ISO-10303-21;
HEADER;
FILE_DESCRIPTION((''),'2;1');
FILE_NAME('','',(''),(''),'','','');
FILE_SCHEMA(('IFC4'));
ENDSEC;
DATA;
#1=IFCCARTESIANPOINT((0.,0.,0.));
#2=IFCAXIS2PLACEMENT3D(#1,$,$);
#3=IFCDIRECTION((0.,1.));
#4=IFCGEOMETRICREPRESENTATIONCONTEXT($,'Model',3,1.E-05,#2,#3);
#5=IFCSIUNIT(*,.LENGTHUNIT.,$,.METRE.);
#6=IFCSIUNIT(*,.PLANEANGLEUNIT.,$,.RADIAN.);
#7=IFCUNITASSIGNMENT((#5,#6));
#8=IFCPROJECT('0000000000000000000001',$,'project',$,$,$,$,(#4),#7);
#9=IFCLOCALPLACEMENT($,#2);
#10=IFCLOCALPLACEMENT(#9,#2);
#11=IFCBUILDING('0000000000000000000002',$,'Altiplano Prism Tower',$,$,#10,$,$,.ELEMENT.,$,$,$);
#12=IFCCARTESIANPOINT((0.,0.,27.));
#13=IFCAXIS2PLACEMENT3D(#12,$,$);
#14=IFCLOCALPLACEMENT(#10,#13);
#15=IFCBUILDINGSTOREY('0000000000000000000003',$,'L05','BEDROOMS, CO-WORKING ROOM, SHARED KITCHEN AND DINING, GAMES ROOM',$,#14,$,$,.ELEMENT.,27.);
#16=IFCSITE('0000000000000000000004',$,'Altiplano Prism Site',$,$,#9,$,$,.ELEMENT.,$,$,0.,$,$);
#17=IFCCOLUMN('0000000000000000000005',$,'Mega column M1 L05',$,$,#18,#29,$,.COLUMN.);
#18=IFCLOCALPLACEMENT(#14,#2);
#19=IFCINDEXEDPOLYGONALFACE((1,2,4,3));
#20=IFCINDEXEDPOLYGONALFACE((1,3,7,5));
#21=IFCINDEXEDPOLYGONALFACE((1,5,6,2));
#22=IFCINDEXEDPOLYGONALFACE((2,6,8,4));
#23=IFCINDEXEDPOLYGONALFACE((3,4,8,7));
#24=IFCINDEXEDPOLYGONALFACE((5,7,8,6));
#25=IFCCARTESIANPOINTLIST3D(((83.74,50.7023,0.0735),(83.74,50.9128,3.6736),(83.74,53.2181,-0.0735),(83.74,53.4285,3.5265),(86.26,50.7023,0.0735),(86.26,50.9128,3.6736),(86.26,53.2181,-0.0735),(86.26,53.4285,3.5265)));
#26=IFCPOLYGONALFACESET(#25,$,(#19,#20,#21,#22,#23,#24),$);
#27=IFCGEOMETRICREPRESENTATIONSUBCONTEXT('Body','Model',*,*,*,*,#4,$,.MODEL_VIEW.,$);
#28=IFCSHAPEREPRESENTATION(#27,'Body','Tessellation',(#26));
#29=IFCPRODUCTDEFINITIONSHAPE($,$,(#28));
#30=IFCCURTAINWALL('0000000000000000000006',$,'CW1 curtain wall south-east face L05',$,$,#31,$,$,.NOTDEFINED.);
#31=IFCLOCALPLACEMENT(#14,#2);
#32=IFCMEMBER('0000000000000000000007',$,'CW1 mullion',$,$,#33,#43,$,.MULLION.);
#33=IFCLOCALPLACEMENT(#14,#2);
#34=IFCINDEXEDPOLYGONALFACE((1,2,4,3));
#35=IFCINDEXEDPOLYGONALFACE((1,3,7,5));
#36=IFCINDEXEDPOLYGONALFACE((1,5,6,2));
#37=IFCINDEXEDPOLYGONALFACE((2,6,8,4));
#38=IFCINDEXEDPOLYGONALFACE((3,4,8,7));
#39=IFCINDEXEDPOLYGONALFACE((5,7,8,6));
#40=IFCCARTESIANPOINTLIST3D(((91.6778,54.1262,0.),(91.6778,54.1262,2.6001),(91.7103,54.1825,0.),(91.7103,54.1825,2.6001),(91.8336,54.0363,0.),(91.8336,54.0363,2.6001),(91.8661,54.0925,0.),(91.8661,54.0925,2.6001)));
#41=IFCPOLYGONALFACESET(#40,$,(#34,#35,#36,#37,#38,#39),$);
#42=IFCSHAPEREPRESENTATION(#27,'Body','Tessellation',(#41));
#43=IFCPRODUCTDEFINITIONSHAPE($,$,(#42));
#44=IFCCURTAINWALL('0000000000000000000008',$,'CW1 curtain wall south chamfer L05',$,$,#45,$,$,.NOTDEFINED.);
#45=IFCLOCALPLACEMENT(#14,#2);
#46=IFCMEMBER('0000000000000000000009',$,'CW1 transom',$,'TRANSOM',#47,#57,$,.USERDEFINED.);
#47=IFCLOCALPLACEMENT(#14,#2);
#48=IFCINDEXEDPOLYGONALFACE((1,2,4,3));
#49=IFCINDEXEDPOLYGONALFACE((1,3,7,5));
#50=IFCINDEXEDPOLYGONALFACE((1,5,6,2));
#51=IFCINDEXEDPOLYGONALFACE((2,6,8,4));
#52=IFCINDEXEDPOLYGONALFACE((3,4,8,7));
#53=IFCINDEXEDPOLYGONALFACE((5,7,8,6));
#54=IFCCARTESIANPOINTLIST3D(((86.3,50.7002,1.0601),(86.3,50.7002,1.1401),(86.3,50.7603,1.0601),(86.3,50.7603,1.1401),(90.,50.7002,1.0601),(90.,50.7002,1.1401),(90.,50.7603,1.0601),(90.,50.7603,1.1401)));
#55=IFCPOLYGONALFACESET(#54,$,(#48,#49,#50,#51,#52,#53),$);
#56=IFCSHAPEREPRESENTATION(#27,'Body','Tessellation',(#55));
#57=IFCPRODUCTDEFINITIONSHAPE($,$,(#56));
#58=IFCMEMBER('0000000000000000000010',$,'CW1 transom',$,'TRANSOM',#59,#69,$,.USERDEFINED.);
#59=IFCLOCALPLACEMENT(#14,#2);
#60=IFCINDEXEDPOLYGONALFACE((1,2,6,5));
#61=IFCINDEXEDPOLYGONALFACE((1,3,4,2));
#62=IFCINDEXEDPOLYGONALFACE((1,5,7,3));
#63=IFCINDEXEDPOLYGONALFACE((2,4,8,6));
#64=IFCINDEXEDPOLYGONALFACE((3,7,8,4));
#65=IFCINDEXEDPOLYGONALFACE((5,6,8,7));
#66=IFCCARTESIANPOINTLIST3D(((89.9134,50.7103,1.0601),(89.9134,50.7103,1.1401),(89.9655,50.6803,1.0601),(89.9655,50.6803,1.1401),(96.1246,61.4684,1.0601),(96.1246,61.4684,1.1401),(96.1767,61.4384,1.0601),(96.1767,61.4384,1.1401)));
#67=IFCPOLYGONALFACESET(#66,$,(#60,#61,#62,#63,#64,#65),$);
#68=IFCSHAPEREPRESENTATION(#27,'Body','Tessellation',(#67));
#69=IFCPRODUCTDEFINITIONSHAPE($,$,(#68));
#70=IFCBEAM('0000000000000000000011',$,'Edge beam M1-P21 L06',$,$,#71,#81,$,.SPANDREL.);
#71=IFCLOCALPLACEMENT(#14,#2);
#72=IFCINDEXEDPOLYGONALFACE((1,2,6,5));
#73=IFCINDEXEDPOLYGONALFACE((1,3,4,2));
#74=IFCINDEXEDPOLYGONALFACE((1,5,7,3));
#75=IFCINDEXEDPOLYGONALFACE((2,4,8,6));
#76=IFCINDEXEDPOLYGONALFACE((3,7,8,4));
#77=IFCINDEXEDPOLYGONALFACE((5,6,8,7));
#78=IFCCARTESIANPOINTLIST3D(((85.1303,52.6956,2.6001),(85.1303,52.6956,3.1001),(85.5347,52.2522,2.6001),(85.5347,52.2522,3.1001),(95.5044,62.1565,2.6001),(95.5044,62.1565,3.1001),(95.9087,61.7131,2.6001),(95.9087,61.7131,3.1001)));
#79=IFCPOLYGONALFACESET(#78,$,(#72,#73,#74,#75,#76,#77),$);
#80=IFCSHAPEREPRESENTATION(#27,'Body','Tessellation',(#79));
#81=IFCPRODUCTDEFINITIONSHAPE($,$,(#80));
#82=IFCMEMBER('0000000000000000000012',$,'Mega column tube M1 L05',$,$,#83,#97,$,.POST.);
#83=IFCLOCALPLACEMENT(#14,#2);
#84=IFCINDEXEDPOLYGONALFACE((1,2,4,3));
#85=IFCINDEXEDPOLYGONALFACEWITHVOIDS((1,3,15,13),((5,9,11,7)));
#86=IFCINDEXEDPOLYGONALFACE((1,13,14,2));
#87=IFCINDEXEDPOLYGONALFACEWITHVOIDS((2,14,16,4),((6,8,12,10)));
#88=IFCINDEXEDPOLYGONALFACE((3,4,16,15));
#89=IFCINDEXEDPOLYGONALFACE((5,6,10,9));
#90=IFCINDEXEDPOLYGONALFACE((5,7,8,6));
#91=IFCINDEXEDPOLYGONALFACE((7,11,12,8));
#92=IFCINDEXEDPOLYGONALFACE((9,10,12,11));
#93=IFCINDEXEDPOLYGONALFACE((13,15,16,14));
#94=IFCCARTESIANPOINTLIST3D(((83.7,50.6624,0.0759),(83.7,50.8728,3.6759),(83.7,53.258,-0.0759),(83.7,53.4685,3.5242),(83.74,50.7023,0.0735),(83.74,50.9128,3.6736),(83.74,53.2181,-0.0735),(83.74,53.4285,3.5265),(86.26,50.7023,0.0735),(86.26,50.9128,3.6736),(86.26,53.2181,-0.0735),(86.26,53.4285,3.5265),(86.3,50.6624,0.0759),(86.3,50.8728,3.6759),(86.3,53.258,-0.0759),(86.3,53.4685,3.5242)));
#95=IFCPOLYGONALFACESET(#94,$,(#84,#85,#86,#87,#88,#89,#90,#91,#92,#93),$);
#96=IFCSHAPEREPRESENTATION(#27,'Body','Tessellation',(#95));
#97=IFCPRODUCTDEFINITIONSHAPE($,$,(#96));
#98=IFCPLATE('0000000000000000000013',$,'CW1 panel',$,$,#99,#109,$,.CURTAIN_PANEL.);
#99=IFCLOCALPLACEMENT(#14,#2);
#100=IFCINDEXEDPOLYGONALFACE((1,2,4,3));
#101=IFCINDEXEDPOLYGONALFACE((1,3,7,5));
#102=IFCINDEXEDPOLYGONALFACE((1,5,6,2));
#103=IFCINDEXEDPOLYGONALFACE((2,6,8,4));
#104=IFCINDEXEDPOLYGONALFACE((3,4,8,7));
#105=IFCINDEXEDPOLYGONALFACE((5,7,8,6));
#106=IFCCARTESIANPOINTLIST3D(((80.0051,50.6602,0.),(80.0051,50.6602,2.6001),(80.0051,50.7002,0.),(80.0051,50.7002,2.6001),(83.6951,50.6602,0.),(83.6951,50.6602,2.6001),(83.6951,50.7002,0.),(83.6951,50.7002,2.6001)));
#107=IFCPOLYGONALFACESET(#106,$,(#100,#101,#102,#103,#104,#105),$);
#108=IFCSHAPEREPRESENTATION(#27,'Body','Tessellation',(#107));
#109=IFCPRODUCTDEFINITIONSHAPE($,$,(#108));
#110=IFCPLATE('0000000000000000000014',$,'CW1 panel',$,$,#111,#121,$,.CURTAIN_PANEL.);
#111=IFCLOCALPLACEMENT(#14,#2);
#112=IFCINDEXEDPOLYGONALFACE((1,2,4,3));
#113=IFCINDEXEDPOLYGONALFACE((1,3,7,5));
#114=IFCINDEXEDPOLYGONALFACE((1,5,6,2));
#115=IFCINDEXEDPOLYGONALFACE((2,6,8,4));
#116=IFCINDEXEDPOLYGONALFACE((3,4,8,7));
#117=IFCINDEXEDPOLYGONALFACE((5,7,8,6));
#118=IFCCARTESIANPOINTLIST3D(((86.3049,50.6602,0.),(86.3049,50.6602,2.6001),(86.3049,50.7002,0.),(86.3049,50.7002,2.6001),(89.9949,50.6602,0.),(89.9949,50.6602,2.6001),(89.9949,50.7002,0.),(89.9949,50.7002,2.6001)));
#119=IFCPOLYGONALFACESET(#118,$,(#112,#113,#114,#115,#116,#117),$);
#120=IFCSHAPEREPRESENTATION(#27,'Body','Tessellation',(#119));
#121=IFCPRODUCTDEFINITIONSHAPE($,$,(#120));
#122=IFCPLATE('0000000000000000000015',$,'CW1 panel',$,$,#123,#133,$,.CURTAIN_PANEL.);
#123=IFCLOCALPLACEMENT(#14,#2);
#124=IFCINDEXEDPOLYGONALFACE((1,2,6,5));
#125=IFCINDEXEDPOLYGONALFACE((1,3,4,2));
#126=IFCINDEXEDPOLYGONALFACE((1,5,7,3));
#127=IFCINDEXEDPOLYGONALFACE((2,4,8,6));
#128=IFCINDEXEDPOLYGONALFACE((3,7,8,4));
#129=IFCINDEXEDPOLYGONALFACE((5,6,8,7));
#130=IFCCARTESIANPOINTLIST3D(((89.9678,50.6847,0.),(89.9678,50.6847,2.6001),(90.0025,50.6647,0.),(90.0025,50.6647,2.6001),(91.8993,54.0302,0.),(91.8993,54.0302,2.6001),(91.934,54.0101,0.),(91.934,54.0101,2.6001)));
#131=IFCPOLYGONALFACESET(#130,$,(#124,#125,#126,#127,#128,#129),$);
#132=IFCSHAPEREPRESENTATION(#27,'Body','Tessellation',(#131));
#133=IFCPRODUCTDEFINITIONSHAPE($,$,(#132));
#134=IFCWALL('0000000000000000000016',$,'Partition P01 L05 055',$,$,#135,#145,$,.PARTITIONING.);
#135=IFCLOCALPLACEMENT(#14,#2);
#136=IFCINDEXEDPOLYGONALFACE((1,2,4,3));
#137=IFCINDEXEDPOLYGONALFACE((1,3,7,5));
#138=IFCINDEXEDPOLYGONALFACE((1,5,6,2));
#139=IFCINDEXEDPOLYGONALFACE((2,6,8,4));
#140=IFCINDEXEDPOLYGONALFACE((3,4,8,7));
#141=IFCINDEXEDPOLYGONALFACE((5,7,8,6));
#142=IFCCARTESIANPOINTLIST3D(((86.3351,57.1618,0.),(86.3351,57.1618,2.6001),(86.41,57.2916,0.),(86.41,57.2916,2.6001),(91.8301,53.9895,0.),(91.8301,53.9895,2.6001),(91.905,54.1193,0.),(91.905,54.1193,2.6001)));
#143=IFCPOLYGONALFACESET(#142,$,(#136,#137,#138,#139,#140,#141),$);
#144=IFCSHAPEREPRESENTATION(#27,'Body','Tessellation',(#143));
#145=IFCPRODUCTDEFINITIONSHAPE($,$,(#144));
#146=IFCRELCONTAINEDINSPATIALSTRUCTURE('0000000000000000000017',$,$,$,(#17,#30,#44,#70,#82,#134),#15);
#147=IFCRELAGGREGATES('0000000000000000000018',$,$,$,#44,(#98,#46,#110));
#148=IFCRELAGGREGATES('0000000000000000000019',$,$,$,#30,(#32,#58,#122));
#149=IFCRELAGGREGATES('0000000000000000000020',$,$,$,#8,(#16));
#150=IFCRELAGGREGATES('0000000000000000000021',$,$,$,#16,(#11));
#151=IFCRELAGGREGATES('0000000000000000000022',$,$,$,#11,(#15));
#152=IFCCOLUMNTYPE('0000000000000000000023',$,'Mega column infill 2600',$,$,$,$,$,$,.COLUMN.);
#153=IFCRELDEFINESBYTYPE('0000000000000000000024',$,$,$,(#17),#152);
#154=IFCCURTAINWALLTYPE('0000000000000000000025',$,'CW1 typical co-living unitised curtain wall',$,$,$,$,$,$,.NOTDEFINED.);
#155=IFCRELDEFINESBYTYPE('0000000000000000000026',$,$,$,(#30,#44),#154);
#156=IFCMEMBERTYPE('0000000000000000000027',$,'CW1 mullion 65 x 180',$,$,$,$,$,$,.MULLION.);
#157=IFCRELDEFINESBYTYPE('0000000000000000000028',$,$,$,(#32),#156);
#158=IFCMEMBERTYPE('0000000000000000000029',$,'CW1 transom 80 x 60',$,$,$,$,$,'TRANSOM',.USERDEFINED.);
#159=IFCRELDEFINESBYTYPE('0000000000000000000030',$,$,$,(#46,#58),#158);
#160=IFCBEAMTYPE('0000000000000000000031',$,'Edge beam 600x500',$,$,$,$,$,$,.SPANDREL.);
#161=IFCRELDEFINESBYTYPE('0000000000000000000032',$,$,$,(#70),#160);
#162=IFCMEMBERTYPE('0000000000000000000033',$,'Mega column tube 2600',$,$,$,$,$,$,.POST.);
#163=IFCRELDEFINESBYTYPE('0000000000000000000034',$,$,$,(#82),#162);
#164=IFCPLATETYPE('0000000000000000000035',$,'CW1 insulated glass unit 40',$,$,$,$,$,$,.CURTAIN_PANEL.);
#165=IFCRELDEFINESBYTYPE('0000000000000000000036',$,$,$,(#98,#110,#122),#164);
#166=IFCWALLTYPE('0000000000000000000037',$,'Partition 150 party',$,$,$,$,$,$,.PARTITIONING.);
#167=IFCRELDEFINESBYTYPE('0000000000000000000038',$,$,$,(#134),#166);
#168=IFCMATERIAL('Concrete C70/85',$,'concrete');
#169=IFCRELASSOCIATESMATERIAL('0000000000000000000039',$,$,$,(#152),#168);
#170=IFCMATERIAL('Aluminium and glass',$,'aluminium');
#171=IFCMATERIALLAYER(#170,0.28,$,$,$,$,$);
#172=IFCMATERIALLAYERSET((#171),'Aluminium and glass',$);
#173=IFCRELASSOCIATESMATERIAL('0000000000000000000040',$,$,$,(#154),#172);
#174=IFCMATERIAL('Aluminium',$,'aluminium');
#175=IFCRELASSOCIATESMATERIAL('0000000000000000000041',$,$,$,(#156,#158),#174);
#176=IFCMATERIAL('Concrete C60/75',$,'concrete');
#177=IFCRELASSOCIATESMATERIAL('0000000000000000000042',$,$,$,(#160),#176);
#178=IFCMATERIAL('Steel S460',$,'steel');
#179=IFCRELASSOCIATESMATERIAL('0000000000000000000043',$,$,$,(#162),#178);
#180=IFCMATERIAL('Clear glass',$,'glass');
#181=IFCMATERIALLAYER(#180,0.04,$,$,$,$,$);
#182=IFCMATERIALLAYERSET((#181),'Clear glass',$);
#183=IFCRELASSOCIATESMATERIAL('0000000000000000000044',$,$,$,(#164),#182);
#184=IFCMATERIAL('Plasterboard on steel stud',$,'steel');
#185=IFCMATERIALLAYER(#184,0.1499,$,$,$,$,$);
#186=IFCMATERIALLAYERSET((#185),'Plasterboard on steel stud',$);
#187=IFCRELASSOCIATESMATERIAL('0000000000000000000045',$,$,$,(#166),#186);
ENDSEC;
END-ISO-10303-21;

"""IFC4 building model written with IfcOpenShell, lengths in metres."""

from ifc_helpers import new_model, si_unit, direction, frame, frame_2d, origin, origin_2d, place, context, subcontext, project, spatial, rectangle, hollow_rectangle, extrude, material, layer, layer_set, material_profile, profile_set, type_object, element, aggregate, save


model = new_model("IFC4")

# Units and contexts
model_context = context("Model", 3, precision=1e-05, world=origin(), true_north=direction((0.0, 1.0)))
body_context = subcontext(model_context, "Body", "Model", "MODEL_VIEW")
ifc_project = project(units=[si_unit("LENGTHUNIT", "METRE"), si_unit("PLANEANGLEUNIT", "RADIAN")], contexts=[model_context])

# Site, building, storey
site_placement = place(None, origin())
site = spatial("IfcSite", under=ifc_project, at=site_placement, Name="Altiplano Prism Site", CompositionType="ELEMENT", RefElevation=0.0)
building_placement = place(site_placement, origin())
building = spatial("IfcBuilding", under=site, at=building_placement, Name="Altiplano Prism Tower", CompositionType="ELEMENT")
storey_placement = place(building_placement, frame((0.0, 0.0, 27.0)))
storey = spatial("IfcBuildingStorey", under=building, at=storey_placement, Name="L05", Description="BEDROOMS, CO-WORKING ROOM, SHARED KITCHEN AND DINING, GAMES ROOM", CompositionType="ELEMENT", Elevation=27.0)

# Column
ifc_material_1 = material(Name="Concrete C70/85", Category="concrete")
ifc_material_profile_1 = material_profile(ifc_material_1, rectangle(XDim=2.52, YDim=2.52, at=origin_2d()), Name="Mega column infill 2600")
ifc_profile_set_1 = profile_set([ifc_material_profile_1], Name="Concrete C70/85")
column_type = type_object("IfcColumnType", Name="Mega column infill 2600", PredefinedType="COLUMN", material=ifc_profile_set_1)
column_placement = place(storey_placement, frame((85.0, 51.9602, 0.0), z_axis=(0.0, 0.058357, 0.998296), x_axis=(-1.0, 0.0, 0.0)))
element("IfcColumn", 1, at=column_placement, inside=storey, type_object=column_type, Name="Mega column M1 L05", PredefinedType="COLUMN", context=body_context, shape_type="SweptSolid", body=[
    extrude(rectangle(XDim=2.52, YDim=2.52, at=origin_2d()), origin(), (0.0, 0.0, 1.0), 3.6062),
])

# Curtain walls, members
ifc_material_2 = material(Name="Aluminium and glass", Category="aluminium")
ifc_layer_1 = layer(ifc_material_2, 0.28)
ifc_layer_set_1 = layer_set([ifc_layer_1], Name="Aluminium and glass")
curtain_wall_type = type_object("IfcCurtainWallType", Name="CW1 typical co-living unitised curtain wall", PredefinedType="NOTDEFINED", material=ifc_layer_set_1)
curtain_wall_1_placement = place(storey_placement, origin())
curtain_wall_1 = element("IfcCurtainWall", 2, at=curtain_wall_1_placement, inside=storey, type_object=curtain_wall_type, Name="CW1 curtain wall south-east face L05", PredefinedType="NOTDEFINED")
ifc_material_3 = material(Name="Aluminium", Category="aluminium")
ifc_material_profile_2 = material_profile(ifc_material_3, rectangle(XDim=0.1799, YDim=0.0649, at=origin_2d()), Name="CW1 mullion 65 x 180")
ifc_profile_set_2 = profile_set([ifc_material_profile_2], Name="Aluminium")
member_type_1 = type_object("IfcMemberType", Name="CW1 mullion 65 x 180", PredefinedType="MULLION", material=ifc_profile_set_2)
member_1_placement = place(storey_placement, frame((91.772, 54.1094, 0.0), z_axis=(0.0, 0.0, 1.0), x_axis=(-0.866025, 0.5, 0.0)))
member_1 = element("IfcMember", 3, at=member_1_placement, type_object=member_type_1, Name="CW1 mullion", PredefinedType="MULLION", context=body_context, shape_type="SweptSolid", body=[
    extrude(rectangle(XDim=0.1799, YDim=0.0649, at=origin_2d()), origin(), (0.0, 0.0, 1.0), 2.6001),
])
curtain_wall_2_placement = place(storey_placement, origin())
curtain_wall_2 = element("IfcCurtainWall", 4, at=curtain_wall_2_placement, inside=storey, type_object=curtain_wall_type, Name="CW1 curtain wall south chamfer L05", PredefinedType="NOTDEFINED")
ifc_material_profile_3 = material_profile(ifc_material_3, rectangle(XDim=0.0601, YDim=0.0801, at=origin_2d()), Name="CW1 transom 80 x 60")
ifc_profile_set_3 = profile_set([ifc_material_profile_3], Name="Aluminium")
member_type_2 = type_object("IfcMemberType", Name="CW1 transom 80 x 60", ElementType="TRANSOM", PredefinedType="USERDEFINED", material=ifc_profile_set_3)
member_2_placement = place(storey_placement, frame((86.3, 50.7302, 1.1001), z_axis=(1.0, 0.0, 0.0), x_axis=(0.0, 1.0, 0.0)))
member_2 = element("IfcMember", 5, at=member_2_placement, type_object=member_type_2, Name="CW1 transom", ObjectType="TRANSOM", PredefinedType="USERDEFINED", context=body_context, shape_type="SweptSolid", body=[
    extrude(rectangle(XDim=0.0601, YDim=0.0801, at=origin_2d()), origin(), (0.0, 0.0, 1.0), 3.7),
])

# Member
member_3_placement = place(storey_placement, frame((89.9395, 50.6953, 1.1001), z_axis=(0.500001, 0.866025, 0.0), x_axis=(-0.866025, 0.500001, 0.0)))
member_3 = element("IfcMember", 6, at=member_3_placement, type_object=member_type_2, Name="CW1 transom", ObjectType="TRANSOM", PredefinedType="USERDEFINED", context=body_context, shape_type="SweptSolid", body=[
    extrude(rectangle(XDim=0.0601, YDim=0.0801, at=origin_2d()), origin(), (0.0, 0.0, 1.0), 12.4224),
])

# Beam
ifc_material_4 = material(Name="Concrete C60/75", Category="concrete")
ifc_material_profile_4 = material_profile(ifc_material_4, rectangle(XDim=0.6001, YDim=0.5, at=origin_2d()), Name="Edge beam 600x500")
ifc_profile_set_4 = profile_set([ifc_material_profile_4], Name="Concrete C60/75")
beam_type = type_object("IfcBeamType", Name="Edge beam 600x500", PredefinedType="SPANDREL", material=ifc_profile_set_4)
beam_placement = place(storey_placement, frame((85.3325, 52.4739, 2.8501), z_axis=(0.738875, 0.673842, 0.0), x_axis=(-0.673842, 0.738875, 0.0)))
element("IfcBeam", 7, at=beam_placement, inside=storey, type_object=beam_type, Name="Edge beam M1-P21 L06", PredefinedType="SPANDREL", context=body_context, shape_type="SweptSolid", body=[
    extrude(rectangle(XDim=0.6001, YDim=0.5, at=origin_2d()), origin(), (0.0, 0.0, 1.0), 14.0403),
])

# Member
ifc_material_5 = material(Name="Steel S460", Category="steel")
ifc_material_profile_5 = material_profile(ifc_material_5, hollow_rectangle(XDim=2.6001, YDim=2.6001, WallThickness=0.04, at=origin_2d()), Name="Mega column tube 2600")
ifc_profile_set_5 = profile_set([ifc_material_profile_5], Name="Steel S460")
member_type_3 = type_object("IfcMemberType", Name="Mega column tube 2600", PredefinedType="POST", material=ifc_profile_set_5)
member_4_placement = place(storey_placement, frame((85.0, 51.9602, 0.0), z_axis=(0.0, 0.058357, 0.998296), x_axis=(-1.0, 0.0, 0.0)))
element("IfcMember", 8, at=member_4_placement, inside=storey, type_object=member_type_3, Name="Mega column tube M1 L05", PredefinedType="POST", context=body_context, shape_type="SweptSolid", body=[
    extrude(hollow_rectangle(XDim=2.6001, YDim=2.6001, WallThickness=0.04, at=origin_2d()), origin(), (0.0, 0.0, 1.0), 3.6062),
])

# Plates
ifc_material_6 = material(Name="Clear glass", Category="glass")
ifc_layer_2 = layer(ifc_material_6, 0.04)
ifc_layer_set_2 = layer_set([ifc_layer_2], Name="Clear glass")
plate_type = type_object("IfcPlateType", Name="CW1 insulated glass unit 40", PredefinedType="CURTAIN_PANEL", material=ifc_layer_set_2)
plate_1_placement = place(storey_placement, frame((81.8501, 50.6802, 0.0), z_axis=(0.0, 0.0, 1.0), x_axis=(1.0, 0.0, 0.0)))
plate_1 = element("IfcPlate", 9, at=plate_1_placement, type_object=plate_type, Name="CW1 panel", PredefinedType="CURTAIN_PANEL", context=body_context, shape_type="SweptSolid", body=[
    extrude(rectangle(XDim=3.6899, YDim=0.04, at=origin_2d()), origin(), (0.0, 0.0, 1.0), 2.6001),
])
plate_2_placement = place(storey_placement, frame((88.1499, 50.6802, 0.0), z_axis=(0.0, 0.0, 1.0), x_axis=(1.0, 0.0, 0.0)))
plate_2 = element("IfcPlate", 10, at=plate_2_placement, type_object=plate_type, Name="CW1 panel", PredefinedType="CURTAIN_PANEL", context=body_context, shape_type="SweptSolid", body=[
    extrude(rectangle(XDim=3.6899, YDim=0.04, at=origin_2d()), origin(), (0.0, 0.0, 1.0), 2.6001),
])
aggregate(curtain_wall_2, [plate_1, member_2, plate_2])
plate_3_placement = place(storey_placement, frame((90.9509, 52.3474, 0.0), z_axis=(0.0, 0.0, 1.0), x_axis=(0.5, 0.866025, 0.0)))
plate_3 = element("IfcPlate", 11, at=plate_3_placement, type_object=plate_type, Name="CW1 panel", PredefinedType="CURTAIN_PANEL", context=body_context, shape_type="SweptSolid", body=[
    extrude(rectangle(XDim=3.863, YDim=0.04, at=origin_2d()), origin(), (0.0, 0.0, 1.0), 2.6001),
])
aggregate(curtain_wall_1, [member_1, member_3, plate_3])

# Wall
ifc_material_7 = material(Name="Plasterboard on steel stud", Category="steel")
ifc_layer_3 = layer(ifc_material_7, 0.1499)
ifc_layer_set_3 = layer_set([ifc_layer_3], Name="Plasterboard on steel stud")
wall_type = type_object("IfcWallType", Name="Partition 150 party", PredefinedType="PARTITIONING", material=ifc_layer_set_3)
wall_placement = place(storey_placement, frame((91.8674, 54.0544, 0.0), z_axis=(0.0, 0.0, 1.0), x_axis=(-0.866042, 0.499971, 0.0)))
element("IfcWall", 12, at=wall_placement, inside=storey, type_object=wall_type, Name="Partition P01 L05 055", PredefinedType="PARTITIONING", context=body_context, shape_type="SweptSolid", body=[
    extrude(rectangle(XDim=6.345, YDim=0.1499, at=frame_2d((3.1724, 0.0))), origin(), (0.0, 0.0, 1.0), 2.6001),
])

save(model, "model.ifc")
